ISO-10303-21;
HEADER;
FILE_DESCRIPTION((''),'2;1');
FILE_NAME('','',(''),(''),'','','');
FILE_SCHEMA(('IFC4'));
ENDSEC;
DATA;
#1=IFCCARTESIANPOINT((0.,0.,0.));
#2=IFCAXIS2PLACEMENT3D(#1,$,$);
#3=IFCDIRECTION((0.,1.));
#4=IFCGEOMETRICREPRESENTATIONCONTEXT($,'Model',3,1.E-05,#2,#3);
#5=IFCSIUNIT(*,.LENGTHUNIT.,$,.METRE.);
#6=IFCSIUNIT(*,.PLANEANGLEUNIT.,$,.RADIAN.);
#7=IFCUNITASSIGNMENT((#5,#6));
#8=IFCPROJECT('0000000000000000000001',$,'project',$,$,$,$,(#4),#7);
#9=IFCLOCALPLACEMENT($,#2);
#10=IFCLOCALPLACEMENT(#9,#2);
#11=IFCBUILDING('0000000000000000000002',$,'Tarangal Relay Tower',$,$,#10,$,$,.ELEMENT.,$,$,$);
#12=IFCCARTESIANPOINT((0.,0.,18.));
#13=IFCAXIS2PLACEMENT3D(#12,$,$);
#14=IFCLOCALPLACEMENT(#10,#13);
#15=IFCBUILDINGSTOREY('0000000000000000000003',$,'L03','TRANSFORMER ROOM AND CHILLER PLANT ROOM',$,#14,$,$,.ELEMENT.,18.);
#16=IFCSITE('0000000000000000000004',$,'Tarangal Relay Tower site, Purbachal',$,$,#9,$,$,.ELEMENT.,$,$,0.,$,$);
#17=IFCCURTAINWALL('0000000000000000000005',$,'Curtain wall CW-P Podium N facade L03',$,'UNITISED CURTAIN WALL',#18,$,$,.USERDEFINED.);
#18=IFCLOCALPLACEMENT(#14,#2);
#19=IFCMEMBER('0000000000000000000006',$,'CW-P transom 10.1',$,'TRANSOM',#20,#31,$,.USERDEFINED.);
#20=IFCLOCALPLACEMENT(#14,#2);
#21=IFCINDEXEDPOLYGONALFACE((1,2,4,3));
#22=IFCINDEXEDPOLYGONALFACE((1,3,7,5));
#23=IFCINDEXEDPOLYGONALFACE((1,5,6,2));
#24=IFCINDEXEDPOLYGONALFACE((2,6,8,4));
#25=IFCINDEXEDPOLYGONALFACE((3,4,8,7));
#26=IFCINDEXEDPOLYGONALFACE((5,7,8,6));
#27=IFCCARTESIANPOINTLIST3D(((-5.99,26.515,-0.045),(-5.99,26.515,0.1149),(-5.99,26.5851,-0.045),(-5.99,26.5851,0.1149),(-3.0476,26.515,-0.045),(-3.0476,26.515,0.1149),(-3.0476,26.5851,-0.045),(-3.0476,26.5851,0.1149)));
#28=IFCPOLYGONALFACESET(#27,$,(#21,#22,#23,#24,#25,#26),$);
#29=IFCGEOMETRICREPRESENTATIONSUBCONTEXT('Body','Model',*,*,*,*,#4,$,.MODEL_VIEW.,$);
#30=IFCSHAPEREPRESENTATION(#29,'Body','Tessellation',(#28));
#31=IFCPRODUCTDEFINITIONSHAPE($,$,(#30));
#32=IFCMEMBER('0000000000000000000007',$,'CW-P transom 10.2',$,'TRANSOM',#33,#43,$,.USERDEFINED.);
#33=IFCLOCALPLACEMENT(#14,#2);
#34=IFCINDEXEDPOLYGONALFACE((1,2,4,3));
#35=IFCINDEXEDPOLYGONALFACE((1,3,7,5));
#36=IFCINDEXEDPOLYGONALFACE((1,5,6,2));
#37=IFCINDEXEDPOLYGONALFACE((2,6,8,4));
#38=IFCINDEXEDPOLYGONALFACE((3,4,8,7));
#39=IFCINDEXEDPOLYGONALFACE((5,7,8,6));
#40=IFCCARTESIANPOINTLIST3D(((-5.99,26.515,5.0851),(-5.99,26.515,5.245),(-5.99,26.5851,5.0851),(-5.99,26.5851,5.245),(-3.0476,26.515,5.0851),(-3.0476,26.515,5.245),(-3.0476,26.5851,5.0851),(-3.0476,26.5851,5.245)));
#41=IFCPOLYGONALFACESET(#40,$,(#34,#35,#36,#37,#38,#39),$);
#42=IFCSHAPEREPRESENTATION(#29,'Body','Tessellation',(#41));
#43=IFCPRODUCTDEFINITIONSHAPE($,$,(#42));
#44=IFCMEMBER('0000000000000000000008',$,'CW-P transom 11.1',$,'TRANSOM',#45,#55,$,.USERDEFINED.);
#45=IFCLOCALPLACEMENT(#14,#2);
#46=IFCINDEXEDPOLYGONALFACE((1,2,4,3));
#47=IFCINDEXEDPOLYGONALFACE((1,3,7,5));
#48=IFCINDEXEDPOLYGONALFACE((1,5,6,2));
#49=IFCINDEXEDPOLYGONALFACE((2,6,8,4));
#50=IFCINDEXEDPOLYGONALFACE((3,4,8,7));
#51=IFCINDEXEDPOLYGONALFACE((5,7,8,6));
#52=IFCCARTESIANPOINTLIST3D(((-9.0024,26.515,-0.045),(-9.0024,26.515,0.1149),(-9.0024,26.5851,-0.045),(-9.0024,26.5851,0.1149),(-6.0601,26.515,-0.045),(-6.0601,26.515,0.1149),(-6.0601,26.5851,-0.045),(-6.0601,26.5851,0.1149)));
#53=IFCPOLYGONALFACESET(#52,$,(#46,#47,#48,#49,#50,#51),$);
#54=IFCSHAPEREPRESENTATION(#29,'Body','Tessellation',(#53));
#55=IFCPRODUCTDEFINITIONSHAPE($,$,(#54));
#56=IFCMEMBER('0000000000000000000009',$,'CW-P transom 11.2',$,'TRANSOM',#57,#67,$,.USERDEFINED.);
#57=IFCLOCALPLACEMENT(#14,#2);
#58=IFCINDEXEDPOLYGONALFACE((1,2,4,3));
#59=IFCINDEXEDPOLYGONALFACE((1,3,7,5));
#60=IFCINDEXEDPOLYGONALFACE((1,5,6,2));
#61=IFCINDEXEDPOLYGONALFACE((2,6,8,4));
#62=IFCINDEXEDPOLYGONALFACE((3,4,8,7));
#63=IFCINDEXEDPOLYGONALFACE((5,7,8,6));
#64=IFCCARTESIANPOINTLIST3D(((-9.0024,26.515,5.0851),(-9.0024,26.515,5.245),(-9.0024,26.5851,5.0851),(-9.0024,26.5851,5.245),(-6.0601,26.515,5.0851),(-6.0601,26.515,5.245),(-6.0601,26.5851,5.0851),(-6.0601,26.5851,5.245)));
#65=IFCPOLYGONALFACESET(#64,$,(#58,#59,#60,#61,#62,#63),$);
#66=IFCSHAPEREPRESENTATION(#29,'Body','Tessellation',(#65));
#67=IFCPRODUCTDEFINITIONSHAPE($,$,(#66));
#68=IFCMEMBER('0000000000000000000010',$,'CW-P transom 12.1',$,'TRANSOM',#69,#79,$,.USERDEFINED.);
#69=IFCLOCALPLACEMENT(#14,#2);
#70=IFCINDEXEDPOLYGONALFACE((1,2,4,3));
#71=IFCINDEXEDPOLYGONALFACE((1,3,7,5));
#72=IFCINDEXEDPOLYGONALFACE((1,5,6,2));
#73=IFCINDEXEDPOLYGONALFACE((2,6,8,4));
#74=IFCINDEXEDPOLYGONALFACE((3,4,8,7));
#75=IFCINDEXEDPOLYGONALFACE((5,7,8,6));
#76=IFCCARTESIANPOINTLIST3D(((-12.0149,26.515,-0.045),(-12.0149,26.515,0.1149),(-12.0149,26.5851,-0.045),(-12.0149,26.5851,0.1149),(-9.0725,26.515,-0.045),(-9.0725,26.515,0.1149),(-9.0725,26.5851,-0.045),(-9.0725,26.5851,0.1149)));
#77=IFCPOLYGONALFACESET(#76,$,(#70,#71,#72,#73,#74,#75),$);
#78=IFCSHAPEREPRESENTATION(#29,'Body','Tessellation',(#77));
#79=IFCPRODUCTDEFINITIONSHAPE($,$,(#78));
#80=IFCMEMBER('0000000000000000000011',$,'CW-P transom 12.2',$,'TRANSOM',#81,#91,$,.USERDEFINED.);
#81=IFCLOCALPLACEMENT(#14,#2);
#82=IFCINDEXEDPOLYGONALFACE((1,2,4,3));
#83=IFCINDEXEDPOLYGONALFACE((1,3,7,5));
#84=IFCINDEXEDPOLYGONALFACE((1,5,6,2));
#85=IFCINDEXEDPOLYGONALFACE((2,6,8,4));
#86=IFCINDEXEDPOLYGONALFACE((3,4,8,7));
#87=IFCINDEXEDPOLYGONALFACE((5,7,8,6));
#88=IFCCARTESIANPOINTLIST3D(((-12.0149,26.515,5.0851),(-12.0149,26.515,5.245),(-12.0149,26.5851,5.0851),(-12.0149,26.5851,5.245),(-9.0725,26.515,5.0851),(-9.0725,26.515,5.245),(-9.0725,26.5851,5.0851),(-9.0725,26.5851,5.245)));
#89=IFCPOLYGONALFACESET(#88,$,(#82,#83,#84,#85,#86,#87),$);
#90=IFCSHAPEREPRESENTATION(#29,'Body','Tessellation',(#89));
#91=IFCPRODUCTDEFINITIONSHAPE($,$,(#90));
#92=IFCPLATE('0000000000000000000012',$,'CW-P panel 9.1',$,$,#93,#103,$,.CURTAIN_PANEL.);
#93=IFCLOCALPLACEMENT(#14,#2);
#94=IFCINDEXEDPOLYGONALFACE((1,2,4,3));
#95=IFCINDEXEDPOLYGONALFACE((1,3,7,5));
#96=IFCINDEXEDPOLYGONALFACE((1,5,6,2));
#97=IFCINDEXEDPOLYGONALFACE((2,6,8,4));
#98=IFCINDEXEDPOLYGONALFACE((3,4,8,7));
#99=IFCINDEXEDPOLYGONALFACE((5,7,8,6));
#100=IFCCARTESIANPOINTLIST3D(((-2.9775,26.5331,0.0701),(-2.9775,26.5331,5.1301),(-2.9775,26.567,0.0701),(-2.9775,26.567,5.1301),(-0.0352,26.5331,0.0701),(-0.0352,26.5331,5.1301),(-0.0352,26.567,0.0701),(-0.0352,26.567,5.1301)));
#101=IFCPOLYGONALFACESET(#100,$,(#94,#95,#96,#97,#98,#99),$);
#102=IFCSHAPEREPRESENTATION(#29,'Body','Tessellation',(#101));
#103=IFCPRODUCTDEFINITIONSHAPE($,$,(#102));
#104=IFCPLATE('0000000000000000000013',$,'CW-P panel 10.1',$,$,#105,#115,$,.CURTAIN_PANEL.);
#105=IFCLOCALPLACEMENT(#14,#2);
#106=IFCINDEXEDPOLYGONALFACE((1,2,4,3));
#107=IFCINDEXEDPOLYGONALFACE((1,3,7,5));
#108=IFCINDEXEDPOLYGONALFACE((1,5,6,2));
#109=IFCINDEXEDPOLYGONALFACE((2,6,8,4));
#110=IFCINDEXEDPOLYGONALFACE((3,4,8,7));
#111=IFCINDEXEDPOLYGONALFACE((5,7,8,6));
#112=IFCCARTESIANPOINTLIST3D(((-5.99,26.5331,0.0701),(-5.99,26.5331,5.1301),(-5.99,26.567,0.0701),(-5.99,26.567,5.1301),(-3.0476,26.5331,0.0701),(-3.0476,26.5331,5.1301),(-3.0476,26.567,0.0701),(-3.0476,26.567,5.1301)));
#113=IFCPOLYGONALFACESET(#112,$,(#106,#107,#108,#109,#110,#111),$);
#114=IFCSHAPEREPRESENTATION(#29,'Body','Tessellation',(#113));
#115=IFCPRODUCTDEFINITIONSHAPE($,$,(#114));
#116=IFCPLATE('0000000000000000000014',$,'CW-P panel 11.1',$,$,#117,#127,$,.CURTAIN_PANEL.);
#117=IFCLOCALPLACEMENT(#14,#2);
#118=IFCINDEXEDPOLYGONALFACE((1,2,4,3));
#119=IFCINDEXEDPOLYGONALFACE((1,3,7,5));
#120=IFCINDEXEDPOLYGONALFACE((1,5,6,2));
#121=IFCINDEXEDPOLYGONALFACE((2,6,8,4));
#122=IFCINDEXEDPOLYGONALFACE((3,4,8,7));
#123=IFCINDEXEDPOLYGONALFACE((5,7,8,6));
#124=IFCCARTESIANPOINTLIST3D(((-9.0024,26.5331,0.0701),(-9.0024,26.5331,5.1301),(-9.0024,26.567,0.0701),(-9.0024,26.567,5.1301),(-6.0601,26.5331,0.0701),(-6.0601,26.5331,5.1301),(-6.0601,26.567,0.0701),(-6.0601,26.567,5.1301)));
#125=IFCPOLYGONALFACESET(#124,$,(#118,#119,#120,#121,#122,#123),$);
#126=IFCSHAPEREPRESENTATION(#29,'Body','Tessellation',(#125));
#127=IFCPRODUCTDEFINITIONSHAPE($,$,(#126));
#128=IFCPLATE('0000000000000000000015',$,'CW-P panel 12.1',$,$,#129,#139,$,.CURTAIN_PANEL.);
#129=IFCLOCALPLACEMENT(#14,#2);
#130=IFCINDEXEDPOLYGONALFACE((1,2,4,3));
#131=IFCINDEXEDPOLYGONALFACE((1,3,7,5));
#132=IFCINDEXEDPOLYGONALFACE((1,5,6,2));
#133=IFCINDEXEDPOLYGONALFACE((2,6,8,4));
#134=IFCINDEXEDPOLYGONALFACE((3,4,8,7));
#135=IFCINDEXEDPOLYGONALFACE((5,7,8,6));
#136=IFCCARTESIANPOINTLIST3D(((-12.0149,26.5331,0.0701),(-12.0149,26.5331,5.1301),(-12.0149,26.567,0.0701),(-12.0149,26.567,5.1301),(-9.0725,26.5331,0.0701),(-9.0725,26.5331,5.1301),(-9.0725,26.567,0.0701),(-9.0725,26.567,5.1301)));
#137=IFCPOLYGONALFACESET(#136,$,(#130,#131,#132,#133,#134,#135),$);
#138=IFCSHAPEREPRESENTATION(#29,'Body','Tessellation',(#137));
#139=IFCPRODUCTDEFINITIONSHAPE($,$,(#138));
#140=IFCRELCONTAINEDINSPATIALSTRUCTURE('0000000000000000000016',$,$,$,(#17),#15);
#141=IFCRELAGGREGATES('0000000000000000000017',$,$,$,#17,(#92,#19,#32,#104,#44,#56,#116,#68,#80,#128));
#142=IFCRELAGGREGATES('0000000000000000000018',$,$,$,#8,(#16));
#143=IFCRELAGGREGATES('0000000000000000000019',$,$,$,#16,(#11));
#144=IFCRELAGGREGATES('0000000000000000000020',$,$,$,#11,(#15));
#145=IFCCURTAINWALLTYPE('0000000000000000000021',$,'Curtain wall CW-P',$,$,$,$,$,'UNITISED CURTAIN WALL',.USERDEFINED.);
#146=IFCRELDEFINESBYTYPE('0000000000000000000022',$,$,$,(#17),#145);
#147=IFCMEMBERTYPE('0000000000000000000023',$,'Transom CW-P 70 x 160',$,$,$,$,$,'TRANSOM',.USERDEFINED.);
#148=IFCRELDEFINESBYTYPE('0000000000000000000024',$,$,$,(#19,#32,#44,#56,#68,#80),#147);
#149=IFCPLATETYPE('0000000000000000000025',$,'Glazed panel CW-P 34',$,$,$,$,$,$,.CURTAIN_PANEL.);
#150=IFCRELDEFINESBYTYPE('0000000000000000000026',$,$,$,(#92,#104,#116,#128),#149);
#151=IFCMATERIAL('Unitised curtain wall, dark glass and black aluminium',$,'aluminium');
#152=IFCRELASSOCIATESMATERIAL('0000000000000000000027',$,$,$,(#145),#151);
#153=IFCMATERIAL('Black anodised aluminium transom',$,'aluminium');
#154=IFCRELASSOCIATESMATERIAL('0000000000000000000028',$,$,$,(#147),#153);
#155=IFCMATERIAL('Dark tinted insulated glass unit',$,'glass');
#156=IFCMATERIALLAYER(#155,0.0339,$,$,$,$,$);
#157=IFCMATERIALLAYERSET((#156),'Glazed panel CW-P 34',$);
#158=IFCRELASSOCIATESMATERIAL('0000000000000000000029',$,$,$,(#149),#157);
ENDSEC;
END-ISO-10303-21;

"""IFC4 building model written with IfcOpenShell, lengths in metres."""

from ifc_helpers import new_model, si_unit, direction, frame, origin, origin_2d, place, context, subcontext, project, spatial, rectangle, extrude, material, layer, layer_set, material_profile, profile_set, type_object, element, aggregate, save


model = new_model("IFC4")

# Units and contexts
model_context = context("Model", 3, precision=1e-05, world=origin(), true_north=direction((0.0, 1.0)))
body_context = subcontext(model_context, "Body", "Model", "MODEL_VIEW")
ifc_project = project(units=[si_unit("LENGTHUNIT", "METRE"), si_unit("PLANEANGLEUNIT", "RADIAN")], contexts=[model_context])

# Site, building, storey
site_placement = place(None, origin())
site = spatial("IfcSite", under=ifc_project, at=site_placement, Name="Tarangal Relay Tower site, Purbachal", CompositionType="ELEMENT", RefElevation=0.0)
building_placement = place(site_placement, origin())
building = spatial("IfcBuilding", under=site, at=building_placement, Name="Tarangal Relay Tower", CompositionType="ELEMENT")
storey_placement = place(building_placement, frame((0.0, 0.0, 18.0)))
storey = spatial("IfcBuildingStorey", under=building, at=storey_placement, Name="L03", Description="TRANSFORMER ROOM AND CHILLER PLANT ROOM", CompositionType="ELEMENT", Elevation=18.0)

# Curtain wall, members, plates
ifc_material_1 = material(Name="Unitised curtain wall, dark glass and black aluminium", Category="aluminium")
curtain_wall_type = type_object("IfcCurtainWallType", Name="Curtain wall CW-P", ElementType="UNITISED CURTAIN WALL", PredefinedType="USERDEFINED", material=ifc_material_1)
curtain_wall_placement = place(storey_placement, origin())
curtain_wall = element("IfcCurtainWall", 1, at=curtain_wall_placement, inside=storey, type_object=curtain_wall_type, Name="Curtain wall CW-P Podium N facade L03", ObjectType="UNITISED CURTAIN WALL", PredefinedType="USERDEFINED")
ifc_material_2 = material(Name="Black anodised aluminium transom", Category="aluminium")
ifc_material_profile_1 = material_profile(ifc_material_2, rectangle(XDim=0.0701, YDim=0.1599, at=origin_2d()), Name="CW-PT 70X160")
ifc_profile_set_1 = profile_set([ifc_material_profile_1], Name="Black anodised aluminium transom")
member_type_1 = type_object("IfcMemberType", Name="Transom CW-P 70 x 160", ElementType="TRANSOM", PredefinedType="USERDEFINED", material=ifc_profile_set_1)
member_1_placement = place(storey_placement, frame((-3.0476, 26.55, 0.0349), z_axis=(-1.0, 0.0, 0.0), x_axis=(0.0, -1.0, 0.0)))
member_1 = element("IfcMember", 2, at=member_1_placement, type_object=member_type_1, Name="CW-P transom 10.1", ObjectType="TRANSOM", PredefinedType="USERDEFINED", context=body_context, shape_type="SweptSolid", body=[
    extrude(rectangle(XDim=0.0701, YDim=0.1599, at=origin_2d()), origin(), (0.0, 0.0, 1.0), 2.9424),
])
member_2_placement = place(storey_placement, frame((-3.0476, 26.55, 5.165), z_axis=(-1.0, 0.0, 0.0), x_axis=(0.0, -1.0, 0.0)))
member_2 = element("IfcMember", 3, at=member_2_placement, type_object=member_type_1, Name="CW-P transom 10.2", ObjectType="TRANSOM", PredefinedType="USERDEFINED", context=body_context, shape_type="SweptSolid", body=[
    extrude(rectangle(XDim=0.0701, YDim=0.1599, at=origin_2d()), origin(), (0.0, 0.0, 1.0), 2.9424),
])
member_3_placement = place(storey_placement, frame((-6.0601, 26.55, 0.0349), z_axis=(-1.0, 0.0, 0.0), x_axis=(0.0, -1.0, 0.0)))
member_3 = element("IfcMember", 4, at=member_3_placement, type_object=member_type_1, Name="CW-P transom 11.1", ObjectType="TRANSOM", PredefinedType="USERDEFINED", context=body_context, shape_type="SweptSolid", body=[
    extrude(rectangle(XDim=0.0701, YDim=0.1599, at=origin_2d()), origin(), (0.0, 0.0, 1.0), 2.9424),
])
member_4_placement = place(storey_placement, frame((-6.0601, 26.55, 5.165), z_axis=(-1.0, 0.0, 0.0), x_axis=(0.0, -1.0, 0.0)))
member_4 = element("IfcMember", 5, at=member_4_placement, type_object=member_type_1, Name="CW-P transom 11.2", ObjectType="TRANSOM", PredefinedType="USERDEFINED", context=body_context, shape_type="SweptSolid", body=[
    extrude(rectangle(XDim=0.0701, YDim=0.1599, at=origin_2d()), origin(), (0.0, 0.0, 1.0), 2.9424),
])
member_5_placement = place(storey_placement, frame((-9.0725, 26.55, 0.0349), z_axis=(-1.0, 0.0, 0.0), x_axis=(0.0, -1.0, 0.0)))
member_5 = element("IfcMember", 6, at=member_5_placement, type_object=member_type_1, Name="CW-P transom 12.1", ObjectType="TRANSOM", PredefinedType="USERDEFINED", context=body_context, shape_type="SweptSolid", body=[
    extrude(rectangle(XDim=0.0701, YDim=0.1599, at=origin_2d()), origin(), (0.0, 0.0, 1.0), 2.9424),
])
member_6_placement = place(storey_placement, frame((-9.0725, 26.55, 5.165), z_axis=(-1.0, 0.0, 0.0), x_axis=(0.0, -1.0, 0.0)))
member_6 = element("IfcMember", 7, at=member_6_placement, type_object=member_type_1, Name="CW-P transom 12.2", ObjectType="TRANSOM", PredefinedType="USERDEFINED", context=body_context, shape_type="SweptSolid", body=[
    extrude(rectangle(XDim=0.0701, YDim=0.1599, at=origin_2d()), origin(), (0.0, 0.0, 1.0), 2.9424),
])
ifc_material_3 = material(Name="Dark tinted insulated glass unit", Category="glass")
ifc_layer = layer(ifc_material_3, 0.0339)
ifc_layer_set = layer_set([ifc_layer], Name="Glazed panel CW-P 34")
plate_type = type_object("IfcPlateType", Name="Glazed panel CW-P 34", PredefinedType="CURTAIN_PANEL", material=ifc_layer_set)
plate_1_placement = place(storey_placement, frame((-1.5063, 26.55, 0.0701), z_axis=(0.0, 0.0, 1.0), x_axis=(-1.0, 0.0, 0.0)))
plate_1 = element("IfcPlate", 8, at=plate_1_placement, type_object=plate_type, Name="CW-P panel 9.1", PredefinedType="CURTAIN_PANEL", context=body_context, shape_type="SweptSolid", body=[
    extrude(rectangle(XDim=2.9424, YDim=0.0339, at=origin_2d()), origin(), (0.0, 0.0, 1.0), 5.0601),
])
plate_2_placement = place(storey_placement, frame((-4.5188, 26.55, 0.0701), z_axis=(0.0, 0.0, 1.0), x_axis=(-1.0, 0.0, 0.0)))
plate_2 = element("IfcPlate", 9, at=plate_2_placement, type_object=plate_type, Name="CW-P panel 10.1", PredefinedType="CURTAIN_PANEL", context=body_context, shape_type="SweptSolid", body=[
    extrude(rectangle(XDim=2.9424, YDim=0.0339, at=origin_2d()), origin(), (0.0, 0.0, 1.0), 5.0601),
])
plate_3_placement = place(storey_placement, frame((-7.5312, 26.55, 0.0701), z_axis=(0.0, 0.0, 1.0), x_axis=(-1.0, 0.0, 0.0)))
plate_3 = element("IfcPlate", 10, at=plate_3_placement, type_object=plate_type, Name="CW-P panel 11.1", PredefinedType="CURTAIN_PANEL", context=body_context, shape_type="SweptSolid", body=[
    extrude(rectangle(XDim=2.9424, YDim=0.0339, at=origin_2d()), origin(), (0.0, 0.0, 1.0), 5.0601),
])
plate_4_placement = place(storey_placement, frame((-10.5437, 26.55, 0.0701), z_axis=(0.0, 0.0, 1.0), x_axis=(-1.0, 0.0, 0.0)))
plate_4 = element("IfcPlate", 11, at=plate_4_placement, type_object=plate_type, Name="CW-P panel 12.1", PredefinedType="CURTAIN_PANEL", context=body_context, shape_type="SweptSolid", body=[
    extrude(rectangle(XDim=2.9424, YDim=0.0339, at=origin_2d()), origin(), (0.0, 0.0, 1.0), 5.0601),
])
aggregate(curtain_wall, [plate_1, member_1, member_2, plate_2, member_3, member_4, plate_3, member_5, member_6, plate_4])

save(model, "model.ifc")
